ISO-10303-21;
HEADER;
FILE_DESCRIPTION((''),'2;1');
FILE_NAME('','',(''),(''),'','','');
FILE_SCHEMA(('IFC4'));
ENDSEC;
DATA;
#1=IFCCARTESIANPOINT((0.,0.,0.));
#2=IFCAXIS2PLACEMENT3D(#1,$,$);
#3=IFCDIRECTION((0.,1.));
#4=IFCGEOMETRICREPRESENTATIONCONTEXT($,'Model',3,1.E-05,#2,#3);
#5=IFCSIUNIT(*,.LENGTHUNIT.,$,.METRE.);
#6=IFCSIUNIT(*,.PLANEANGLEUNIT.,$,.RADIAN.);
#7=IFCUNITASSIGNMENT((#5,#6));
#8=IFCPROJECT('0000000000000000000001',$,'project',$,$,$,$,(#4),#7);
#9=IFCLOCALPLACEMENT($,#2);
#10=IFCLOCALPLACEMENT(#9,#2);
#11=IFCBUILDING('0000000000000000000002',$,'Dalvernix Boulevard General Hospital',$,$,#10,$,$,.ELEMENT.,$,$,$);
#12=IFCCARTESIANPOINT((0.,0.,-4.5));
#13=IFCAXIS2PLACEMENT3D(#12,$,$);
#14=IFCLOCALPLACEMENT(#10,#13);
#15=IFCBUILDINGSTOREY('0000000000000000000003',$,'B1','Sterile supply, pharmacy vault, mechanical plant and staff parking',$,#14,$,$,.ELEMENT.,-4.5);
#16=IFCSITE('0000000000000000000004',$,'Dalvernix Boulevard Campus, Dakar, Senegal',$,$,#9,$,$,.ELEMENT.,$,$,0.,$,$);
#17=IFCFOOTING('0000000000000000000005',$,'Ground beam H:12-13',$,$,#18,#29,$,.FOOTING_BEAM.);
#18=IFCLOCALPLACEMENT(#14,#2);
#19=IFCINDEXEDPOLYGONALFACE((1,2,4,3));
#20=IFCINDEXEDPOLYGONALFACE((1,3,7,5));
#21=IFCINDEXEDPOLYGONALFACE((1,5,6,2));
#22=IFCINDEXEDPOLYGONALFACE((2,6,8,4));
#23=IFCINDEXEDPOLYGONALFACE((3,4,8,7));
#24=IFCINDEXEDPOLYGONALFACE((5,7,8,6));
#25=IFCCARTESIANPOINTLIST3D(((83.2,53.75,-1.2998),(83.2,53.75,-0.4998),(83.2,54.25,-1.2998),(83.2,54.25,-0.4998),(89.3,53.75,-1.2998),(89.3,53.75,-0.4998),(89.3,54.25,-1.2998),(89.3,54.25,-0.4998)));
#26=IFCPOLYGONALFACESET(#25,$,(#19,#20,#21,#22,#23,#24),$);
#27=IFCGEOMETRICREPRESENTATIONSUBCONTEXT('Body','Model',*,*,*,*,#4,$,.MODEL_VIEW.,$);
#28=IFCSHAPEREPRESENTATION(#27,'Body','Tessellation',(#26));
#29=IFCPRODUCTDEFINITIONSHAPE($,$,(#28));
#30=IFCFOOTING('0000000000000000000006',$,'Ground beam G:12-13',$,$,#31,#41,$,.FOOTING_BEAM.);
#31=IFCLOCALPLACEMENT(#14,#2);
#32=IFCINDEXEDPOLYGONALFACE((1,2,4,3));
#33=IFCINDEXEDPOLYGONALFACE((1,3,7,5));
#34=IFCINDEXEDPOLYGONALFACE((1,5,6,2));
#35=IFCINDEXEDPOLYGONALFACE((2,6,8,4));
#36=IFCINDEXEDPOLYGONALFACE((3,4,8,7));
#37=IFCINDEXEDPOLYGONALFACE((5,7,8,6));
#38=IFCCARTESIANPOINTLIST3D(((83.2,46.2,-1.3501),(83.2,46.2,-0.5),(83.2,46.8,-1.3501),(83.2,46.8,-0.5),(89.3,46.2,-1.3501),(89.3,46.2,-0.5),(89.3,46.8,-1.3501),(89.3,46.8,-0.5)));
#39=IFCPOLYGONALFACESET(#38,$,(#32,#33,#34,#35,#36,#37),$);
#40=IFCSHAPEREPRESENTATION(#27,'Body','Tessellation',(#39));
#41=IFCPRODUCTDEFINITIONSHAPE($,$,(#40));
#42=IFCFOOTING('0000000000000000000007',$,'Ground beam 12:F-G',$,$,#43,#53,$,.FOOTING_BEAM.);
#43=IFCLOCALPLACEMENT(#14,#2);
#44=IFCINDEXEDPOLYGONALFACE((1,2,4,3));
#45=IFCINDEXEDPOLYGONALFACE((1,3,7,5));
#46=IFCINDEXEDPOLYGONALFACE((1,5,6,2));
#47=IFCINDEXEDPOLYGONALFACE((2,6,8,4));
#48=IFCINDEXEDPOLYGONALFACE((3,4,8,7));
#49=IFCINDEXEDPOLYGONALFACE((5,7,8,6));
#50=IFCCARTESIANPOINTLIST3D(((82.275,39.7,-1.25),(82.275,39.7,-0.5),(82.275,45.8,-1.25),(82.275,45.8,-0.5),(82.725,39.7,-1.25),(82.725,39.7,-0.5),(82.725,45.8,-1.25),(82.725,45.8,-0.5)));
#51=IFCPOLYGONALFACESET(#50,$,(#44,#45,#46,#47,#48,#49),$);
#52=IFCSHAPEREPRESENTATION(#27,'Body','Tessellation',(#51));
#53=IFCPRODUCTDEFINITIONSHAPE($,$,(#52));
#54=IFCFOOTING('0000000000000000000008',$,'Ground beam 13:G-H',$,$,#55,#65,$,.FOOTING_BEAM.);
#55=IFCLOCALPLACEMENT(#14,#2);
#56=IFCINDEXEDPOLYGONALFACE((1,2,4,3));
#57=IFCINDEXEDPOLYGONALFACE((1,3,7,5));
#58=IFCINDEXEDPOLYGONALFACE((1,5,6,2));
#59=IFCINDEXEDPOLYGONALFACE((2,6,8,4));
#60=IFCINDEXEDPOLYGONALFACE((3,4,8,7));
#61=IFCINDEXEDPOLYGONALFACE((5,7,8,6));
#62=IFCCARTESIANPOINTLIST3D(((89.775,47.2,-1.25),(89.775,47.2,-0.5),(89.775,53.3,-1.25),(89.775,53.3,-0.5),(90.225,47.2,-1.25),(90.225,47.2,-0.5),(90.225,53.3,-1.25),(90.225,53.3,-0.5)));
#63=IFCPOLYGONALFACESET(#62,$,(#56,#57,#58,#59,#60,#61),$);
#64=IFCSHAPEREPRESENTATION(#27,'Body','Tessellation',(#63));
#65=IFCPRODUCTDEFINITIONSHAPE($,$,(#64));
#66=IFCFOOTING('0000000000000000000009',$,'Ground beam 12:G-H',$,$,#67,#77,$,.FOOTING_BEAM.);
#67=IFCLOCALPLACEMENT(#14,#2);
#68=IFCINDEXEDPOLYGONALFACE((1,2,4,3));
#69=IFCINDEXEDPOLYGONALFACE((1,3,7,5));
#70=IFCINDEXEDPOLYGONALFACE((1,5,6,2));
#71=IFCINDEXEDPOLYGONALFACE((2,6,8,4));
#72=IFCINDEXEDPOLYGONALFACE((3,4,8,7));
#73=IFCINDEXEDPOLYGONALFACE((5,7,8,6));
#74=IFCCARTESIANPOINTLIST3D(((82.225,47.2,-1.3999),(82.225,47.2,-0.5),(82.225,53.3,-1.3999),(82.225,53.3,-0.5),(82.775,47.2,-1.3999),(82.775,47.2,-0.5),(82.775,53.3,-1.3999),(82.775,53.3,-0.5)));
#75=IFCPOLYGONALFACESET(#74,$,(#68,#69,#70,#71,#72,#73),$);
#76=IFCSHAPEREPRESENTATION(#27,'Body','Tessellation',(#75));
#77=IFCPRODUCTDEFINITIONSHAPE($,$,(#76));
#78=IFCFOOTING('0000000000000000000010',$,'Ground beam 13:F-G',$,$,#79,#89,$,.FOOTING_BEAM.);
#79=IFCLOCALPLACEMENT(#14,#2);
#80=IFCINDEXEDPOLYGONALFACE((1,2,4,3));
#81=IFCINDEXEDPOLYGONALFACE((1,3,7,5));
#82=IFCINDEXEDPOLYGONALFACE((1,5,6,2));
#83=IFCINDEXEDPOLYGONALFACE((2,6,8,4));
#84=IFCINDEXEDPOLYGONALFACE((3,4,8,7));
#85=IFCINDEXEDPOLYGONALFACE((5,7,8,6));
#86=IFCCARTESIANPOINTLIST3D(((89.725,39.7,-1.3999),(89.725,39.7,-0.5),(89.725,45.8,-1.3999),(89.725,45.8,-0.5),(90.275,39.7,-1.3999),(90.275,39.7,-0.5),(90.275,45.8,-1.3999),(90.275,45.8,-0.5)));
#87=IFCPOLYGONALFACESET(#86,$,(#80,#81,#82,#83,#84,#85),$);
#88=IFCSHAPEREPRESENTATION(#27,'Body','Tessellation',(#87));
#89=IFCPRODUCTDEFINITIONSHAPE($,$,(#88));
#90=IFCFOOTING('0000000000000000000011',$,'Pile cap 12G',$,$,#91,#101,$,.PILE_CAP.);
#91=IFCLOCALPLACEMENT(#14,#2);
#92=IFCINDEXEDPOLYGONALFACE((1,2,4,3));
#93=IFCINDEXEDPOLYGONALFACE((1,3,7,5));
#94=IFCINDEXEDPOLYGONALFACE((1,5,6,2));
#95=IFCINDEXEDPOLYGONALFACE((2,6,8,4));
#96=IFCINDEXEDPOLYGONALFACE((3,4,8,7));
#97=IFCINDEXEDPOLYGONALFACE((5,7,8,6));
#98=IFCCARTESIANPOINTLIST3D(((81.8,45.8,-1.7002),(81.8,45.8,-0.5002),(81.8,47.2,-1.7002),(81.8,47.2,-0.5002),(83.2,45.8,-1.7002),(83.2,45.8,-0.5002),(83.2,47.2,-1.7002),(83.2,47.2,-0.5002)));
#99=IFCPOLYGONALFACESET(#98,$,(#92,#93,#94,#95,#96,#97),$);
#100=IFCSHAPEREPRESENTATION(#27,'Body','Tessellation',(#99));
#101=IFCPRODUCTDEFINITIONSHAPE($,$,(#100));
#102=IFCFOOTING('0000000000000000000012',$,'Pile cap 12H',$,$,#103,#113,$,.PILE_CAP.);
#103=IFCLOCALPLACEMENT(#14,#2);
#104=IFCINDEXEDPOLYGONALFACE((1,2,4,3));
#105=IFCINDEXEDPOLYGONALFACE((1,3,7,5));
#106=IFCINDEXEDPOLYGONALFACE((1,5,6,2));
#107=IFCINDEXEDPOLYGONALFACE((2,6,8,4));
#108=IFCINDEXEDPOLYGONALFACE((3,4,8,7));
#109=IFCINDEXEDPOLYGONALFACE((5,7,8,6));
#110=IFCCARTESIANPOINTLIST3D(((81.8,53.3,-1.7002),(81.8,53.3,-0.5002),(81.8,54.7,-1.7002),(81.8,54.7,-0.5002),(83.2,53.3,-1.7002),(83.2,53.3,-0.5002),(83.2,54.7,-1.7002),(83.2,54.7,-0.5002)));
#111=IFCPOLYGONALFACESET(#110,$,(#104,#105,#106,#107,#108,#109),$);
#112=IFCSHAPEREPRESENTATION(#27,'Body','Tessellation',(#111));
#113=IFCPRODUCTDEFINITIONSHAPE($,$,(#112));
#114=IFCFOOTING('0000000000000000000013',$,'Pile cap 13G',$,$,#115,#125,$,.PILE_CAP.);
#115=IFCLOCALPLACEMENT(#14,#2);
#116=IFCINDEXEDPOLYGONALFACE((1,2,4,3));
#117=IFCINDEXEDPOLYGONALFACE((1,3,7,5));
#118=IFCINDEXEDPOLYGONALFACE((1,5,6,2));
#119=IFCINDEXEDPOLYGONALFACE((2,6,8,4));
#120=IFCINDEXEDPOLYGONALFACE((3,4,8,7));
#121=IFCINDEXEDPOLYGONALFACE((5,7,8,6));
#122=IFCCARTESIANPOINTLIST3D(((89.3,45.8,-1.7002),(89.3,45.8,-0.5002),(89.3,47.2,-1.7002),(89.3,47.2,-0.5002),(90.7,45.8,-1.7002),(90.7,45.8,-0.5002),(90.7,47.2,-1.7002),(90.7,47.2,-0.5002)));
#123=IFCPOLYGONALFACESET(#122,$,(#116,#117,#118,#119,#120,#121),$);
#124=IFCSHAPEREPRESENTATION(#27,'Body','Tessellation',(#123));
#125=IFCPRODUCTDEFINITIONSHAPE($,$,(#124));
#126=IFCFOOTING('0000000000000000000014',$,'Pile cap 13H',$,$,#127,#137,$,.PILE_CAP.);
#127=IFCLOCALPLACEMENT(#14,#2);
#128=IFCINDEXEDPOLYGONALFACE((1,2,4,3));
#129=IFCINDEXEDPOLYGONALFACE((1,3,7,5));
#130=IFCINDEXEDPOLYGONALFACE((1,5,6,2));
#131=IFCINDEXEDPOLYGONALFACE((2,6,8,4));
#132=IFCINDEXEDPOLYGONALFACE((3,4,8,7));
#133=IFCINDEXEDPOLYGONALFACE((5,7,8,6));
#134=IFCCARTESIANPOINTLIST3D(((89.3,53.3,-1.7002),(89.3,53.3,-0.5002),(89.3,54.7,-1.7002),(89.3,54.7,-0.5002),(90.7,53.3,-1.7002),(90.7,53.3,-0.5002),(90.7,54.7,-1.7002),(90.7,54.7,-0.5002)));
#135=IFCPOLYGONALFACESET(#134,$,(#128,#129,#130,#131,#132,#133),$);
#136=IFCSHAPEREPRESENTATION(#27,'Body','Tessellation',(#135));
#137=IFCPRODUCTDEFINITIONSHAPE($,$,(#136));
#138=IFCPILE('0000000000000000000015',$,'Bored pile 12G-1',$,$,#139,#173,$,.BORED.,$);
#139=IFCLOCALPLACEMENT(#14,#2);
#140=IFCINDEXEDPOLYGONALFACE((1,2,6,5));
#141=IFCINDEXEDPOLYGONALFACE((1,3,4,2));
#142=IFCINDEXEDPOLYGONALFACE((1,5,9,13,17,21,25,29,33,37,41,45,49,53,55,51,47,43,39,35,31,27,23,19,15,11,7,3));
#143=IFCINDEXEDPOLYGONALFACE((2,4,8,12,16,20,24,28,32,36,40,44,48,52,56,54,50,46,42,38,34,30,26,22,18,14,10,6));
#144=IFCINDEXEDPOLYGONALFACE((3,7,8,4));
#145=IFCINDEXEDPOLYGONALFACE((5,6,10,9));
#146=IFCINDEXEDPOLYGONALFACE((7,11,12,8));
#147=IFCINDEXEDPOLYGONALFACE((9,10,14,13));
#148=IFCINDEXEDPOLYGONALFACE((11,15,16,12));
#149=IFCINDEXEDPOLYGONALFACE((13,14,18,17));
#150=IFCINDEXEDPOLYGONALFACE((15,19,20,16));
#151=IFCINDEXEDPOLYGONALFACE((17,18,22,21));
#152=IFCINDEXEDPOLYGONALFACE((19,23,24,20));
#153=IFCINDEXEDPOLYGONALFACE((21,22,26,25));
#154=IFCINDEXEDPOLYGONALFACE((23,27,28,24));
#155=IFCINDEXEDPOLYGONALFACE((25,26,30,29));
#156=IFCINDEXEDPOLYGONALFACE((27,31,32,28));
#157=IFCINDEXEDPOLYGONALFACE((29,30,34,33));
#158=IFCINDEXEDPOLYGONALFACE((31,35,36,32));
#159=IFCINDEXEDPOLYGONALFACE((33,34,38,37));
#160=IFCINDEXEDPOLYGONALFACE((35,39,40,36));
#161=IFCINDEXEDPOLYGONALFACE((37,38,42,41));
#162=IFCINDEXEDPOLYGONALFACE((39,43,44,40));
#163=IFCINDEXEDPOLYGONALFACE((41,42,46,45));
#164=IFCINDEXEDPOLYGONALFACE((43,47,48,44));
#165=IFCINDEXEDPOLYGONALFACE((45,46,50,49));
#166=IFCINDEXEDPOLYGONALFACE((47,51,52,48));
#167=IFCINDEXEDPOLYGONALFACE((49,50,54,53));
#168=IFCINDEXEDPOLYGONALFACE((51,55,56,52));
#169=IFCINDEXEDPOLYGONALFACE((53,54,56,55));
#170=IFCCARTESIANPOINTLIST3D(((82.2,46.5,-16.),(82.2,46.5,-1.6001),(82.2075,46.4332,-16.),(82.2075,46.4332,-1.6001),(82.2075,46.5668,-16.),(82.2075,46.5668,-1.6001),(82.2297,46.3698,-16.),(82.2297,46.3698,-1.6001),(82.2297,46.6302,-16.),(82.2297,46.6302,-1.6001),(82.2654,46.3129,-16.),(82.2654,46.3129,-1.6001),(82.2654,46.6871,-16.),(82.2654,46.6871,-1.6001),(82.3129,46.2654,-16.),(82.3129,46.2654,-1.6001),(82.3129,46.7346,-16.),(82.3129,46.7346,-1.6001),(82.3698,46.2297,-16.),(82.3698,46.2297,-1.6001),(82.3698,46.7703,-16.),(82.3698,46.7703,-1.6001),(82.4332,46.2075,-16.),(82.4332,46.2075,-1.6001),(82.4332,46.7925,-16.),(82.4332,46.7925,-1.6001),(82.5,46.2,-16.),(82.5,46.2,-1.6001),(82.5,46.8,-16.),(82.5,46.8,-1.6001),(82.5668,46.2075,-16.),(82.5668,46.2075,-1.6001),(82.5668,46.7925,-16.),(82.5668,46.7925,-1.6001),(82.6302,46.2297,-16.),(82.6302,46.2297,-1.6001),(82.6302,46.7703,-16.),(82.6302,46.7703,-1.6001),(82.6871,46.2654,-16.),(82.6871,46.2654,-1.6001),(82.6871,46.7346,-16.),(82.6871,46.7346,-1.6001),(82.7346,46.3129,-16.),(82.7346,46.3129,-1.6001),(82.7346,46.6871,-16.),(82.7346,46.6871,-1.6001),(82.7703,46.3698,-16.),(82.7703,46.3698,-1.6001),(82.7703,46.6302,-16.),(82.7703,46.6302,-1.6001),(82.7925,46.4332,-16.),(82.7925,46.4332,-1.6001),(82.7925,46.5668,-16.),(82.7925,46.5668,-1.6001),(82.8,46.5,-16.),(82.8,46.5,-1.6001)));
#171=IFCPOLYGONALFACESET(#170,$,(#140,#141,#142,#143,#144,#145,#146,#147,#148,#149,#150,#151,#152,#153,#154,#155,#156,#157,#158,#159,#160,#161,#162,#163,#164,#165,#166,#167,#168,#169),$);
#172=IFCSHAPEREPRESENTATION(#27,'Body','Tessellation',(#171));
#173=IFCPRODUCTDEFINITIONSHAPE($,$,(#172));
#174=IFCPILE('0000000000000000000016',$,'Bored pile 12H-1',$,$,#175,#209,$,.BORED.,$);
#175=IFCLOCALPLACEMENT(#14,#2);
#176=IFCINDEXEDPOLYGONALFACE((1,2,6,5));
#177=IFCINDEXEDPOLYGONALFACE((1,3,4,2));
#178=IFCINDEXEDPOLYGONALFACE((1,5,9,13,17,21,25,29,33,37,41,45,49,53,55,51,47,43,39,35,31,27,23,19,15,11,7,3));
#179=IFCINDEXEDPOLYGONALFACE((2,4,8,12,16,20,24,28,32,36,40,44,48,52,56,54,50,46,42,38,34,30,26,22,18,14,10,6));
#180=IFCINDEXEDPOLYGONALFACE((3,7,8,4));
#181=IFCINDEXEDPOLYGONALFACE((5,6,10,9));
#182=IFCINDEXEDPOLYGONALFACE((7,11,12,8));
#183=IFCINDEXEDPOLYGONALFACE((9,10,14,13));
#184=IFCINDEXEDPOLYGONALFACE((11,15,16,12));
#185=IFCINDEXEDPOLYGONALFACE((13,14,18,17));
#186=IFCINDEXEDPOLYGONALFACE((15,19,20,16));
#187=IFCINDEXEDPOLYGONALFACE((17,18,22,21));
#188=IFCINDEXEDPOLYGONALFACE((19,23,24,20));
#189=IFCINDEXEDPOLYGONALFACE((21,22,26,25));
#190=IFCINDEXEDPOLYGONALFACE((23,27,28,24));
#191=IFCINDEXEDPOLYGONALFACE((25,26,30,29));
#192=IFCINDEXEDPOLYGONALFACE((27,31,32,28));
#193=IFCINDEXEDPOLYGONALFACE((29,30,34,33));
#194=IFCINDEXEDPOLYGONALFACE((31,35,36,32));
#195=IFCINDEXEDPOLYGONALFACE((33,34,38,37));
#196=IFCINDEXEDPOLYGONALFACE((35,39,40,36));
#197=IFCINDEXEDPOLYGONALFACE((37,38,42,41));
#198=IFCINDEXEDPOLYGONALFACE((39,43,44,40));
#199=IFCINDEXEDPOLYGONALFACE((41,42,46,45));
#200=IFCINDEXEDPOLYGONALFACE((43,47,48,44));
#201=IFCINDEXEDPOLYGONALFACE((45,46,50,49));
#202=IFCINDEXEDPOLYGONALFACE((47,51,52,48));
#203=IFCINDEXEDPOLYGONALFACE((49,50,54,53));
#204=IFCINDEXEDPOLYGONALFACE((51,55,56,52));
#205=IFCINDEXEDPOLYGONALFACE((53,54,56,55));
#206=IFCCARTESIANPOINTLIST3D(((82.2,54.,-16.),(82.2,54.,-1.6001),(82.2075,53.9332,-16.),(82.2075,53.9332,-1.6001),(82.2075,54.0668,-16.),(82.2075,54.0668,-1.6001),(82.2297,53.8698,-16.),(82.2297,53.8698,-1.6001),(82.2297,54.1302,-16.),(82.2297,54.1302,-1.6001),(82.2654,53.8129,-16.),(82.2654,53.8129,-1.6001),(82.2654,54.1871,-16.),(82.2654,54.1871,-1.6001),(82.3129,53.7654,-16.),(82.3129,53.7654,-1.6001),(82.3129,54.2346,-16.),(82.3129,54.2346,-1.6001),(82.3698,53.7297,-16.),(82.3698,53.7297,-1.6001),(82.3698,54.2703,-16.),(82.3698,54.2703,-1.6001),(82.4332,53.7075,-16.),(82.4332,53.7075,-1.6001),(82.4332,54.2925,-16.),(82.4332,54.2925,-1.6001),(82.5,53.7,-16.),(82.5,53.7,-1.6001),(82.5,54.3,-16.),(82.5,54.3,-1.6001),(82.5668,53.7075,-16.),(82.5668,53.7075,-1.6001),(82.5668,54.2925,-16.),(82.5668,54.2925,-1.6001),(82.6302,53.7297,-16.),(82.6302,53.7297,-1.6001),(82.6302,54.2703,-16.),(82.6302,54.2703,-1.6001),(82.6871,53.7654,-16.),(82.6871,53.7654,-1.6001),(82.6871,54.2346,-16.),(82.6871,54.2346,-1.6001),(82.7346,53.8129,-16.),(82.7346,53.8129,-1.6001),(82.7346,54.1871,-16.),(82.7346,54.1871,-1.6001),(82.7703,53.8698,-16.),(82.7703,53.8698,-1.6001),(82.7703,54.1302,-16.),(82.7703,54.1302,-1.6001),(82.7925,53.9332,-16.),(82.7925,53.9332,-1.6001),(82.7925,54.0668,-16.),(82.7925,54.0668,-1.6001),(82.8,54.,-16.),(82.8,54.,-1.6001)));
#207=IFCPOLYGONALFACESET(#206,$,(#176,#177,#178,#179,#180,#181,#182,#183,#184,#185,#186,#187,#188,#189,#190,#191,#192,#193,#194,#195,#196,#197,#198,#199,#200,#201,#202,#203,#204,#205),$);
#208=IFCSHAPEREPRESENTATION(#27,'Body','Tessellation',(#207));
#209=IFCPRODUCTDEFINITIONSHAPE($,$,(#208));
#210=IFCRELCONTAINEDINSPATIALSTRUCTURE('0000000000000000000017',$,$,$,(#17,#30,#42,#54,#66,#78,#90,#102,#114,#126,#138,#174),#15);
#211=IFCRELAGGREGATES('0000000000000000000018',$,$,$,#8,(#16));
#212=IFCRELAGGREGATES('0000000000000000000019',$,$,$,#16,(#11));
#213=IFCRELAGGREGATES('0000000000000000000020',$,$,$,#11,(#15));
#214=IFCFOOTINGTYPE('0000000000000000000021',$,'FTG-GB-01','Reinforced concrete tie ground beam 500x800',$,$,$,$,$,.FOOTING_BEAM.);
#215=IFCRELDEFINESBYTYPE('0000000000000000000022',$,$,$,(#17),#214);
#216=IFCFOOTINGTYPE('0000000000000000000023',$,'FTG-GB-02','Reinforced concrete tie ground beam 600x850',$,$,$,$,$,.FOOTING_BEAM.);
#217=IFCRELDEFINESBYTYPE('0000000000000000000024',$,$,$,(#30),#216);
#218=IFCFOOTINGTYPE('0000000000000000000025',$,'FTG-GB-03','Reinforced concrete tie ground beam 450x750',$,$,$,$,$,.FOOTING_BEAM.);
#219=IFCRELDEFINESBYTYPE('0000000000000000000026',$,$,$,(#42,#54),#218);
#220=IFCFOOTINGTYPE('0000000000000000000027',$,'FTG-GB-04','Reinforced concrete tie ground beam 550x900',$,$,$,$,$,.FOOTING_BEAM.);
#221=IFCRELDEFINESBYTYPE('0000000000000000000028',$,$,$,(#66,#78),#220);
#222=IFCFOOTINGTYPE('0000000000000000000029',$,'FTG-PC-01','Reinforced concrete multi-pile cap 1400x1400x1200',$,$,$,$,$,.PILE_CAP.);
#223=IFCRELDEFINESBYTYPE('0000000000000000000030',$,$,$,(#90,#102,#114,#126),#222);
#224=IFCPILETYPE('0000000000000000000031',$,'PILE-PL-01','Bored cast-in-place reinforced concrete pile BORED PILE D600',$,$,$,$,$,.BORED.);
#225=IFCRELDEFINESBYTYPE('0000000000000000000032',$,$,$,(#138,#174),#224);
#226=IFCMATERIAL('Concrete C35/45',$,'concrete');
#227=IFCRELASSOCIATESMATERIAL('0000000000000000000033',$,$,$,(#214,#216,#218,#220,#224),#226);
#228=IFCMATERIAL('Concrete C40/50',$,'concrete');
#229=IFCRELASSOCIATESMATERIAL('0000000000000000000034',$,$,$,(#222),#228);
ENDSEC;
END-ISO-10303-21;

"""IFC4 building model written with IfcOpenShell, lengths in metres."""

from ifc_helpers import new_model, si_unit, direction, frame, origin, origin_2d, place, context, subcontext, project, spatial, rectangle, circle, extrude, material, material_profile, profile_set, type_object, element, save


model = new_model("IFC4")

# Units and contexts
model_context = context("Model", 3, precision=1e-05, world=origin(), true_north=direction((0.0, 1.0)))
body_context = subcontext(model_context, "Body", "Model", "MODEL_VIEW")
ifc_project = project(units=[si_unit("LENGTHUNIT", "METRE"), si_unit("PLANEANGLEUNIT", "RADIAN")], contexts=[model_context])

# Site, building, storey
site_placement = place(None, origin())
site = spatial("IfcSite", under=ifc_project, at=site_placement, Name="Dalvernix Boulevard Campus, Dakar, Senegal", CompositionType="ELEMENT", RefElevation=0.0)
building_placement = place(site_placement, origin())
building = spatial("IfcBuilding", under=site, at=building_placement, Name="Dalvernix Boulevard General Hospital", CompositionType="ELEMENT")
storey_placement = place(building_placement, frame((0.0, 0.0, -4.5)))
storey = spatial("IfcBuildingStorey", under=building, at=storey_placement, Name="B1", Description="Sterile supply, pharmacy vault, mechanical plant and staff parking", CompositionType="ELEMENT", Elevation=-4.5)

# Footings
ifc_material_1 = material(Name="Concrete C35/45", Category="concrete")
footing_type_1 = type_object("IfcFootingType", Name="FTG-GB-01", Description="Reinforced concrete tie ground beam 500x800", PredefinedType="FOOTING_BEAM", material=ifc_material_1)
footing_1_placement = place(storey_placement, frame((86.25, 54.0, -1.2998), z_axis=(0.0, 0.0, 1.0), x_axis=(1.0, 0.0, 0.0)))
element("IfcFooting", 1, at=footing_1_placement, inside=storey, type_object=footing_type_1, Name="Ground beam H:12-13", PredefinedType="FOOTING_BEAM", context=body_context, shape_type="SweptSolid", body=[
    extrude(rectangle(XDim=6.1001, YDim=0.5, at=origin_2d()), origin(), (0.0, 0.0, 1.0), 0.8),
])
footing_type_2 = type_object("IfcFootingType", Name="FTG-GB-02", Description="Reinforced concrete tie ground beam 600x850", PredefinedType="FOOTING_BEAM", material=ifc_material_1)
footing_2_placement = place(storey_placement, frame((86.25, 46.5, -1.3501), z_axis=(0.0, 0.0, 1.0), x_axis=(1.0, 0.0, 0.0)))
element("IfcFooting", 2, at=footing_2_placement, inside=storey, type_object=footing_type_2, Name="Ground beam G:12-13", PredefinedType="FOOTING_BEAM", context=body_context, shape_type="SweptSolid", body=[
    extrude(rectangle(XDim=6.1001, YDim=0.6001, at=origin_2d()), origin(), (0.0, 0.0, 1.0), 0.8501),
])
footing_type_3 = type_object("IfcFootingType", Name="FTG-GB-03", Description="Reinforced concrete tie ground beam 450x750", PredefinedType="FOOTING_BEAM", material=ifc_material_1)
for number, where, z_axis, x_axis, name in (
    (3, (82.5, 42.75, -1.25), (0.0, 0.0, 1.0), (0.0, 1.0, 0.0), "Ground beam 12:F-G"),
    (4, (90.0, 50.25, -1.25), (0.0, 0.0, 1.0), (0.0, 1.0, 0.0), "Ground beam 13:G-H"),
):
    element("IfcFooting", number, at=place(storey_placement, frame(where, z_axis=z_axis, x_axis=x_axis)), inside=storey, type_object=footing_type_3, Name=name, PredefinedType="FOOTING_BEAM", context=body_context, shape_type="SweptSolid", body=[
        extrude(rectangle(XDim=6.1001, YDim=0.45, at=origin_2d()), origin(), (0.0, 0.0, 1.0), 0.75),
    ])
footing_type_4 = type_object("IfcFootingType", Name="FTG-GB-04", Description="Reinforced concrete tie ground beam 550x900", PredefinedType="FOOTING_BEAM", material=ifc_material_1)
for number, where, z_axis, x_axis, name in (
    (5, (82.5, 50.25, -1.3999), (0.0, 0.0, 1.0), (0.0, 1.0, 0.0), "Ground beam 12:G-H"),
    (6, (90.0, 42.75, -1.3999), (0.0, 0.0, 1.0), (0.0, 1.0, 0.0), "Ground beam 13:F-G"),
):
    element("IfcFooting", number, at=place(storey_placement, frame(where, z_axis=z_axis, x_axis=x_axis)), inside=storey, type_object=footing_type_4, Name=name, PredefinedType="FOOTING_BEAM", context=body_context, shape_type="SweptSolid", body=[
        extrude(rectangle(XDim=6.1001, YDim=0.55, at=origin_2d()), origin(), (0.0, 0.0, 1.0), 0.8999),
    ])
ifc_material_2 = material(Name="Concrete C40/50", Category="concrete")
footing_type_5 = type_object("IfcFootingType", Name="FTG-PC-01", Description="Reinforced concrete multi-pile cap 1400x1400x1200", PredefinedType="PILE_CAP", material=ifc_material_2)
for number, where, z_axis, x_axis, name in (
    (7, (82.5, 46.5, -1.7002), (0.0, 0.0, 1.0), (1.0, 0.0, 0.0), "Pile cap 12G"),
    (8, (82.5, 54.0, -1.7002), (0.0, 0.0, 1.0), (1.0, 0.0, 0.0), "Pile cap 12H"),
    (9, (90.0, 46.5, -1.7002), (0.0, 0.0, 1.0), (1.0, 0.0, 0.0), "Pile cap 13G"),
    (10, (90.0, 54.0, -1.7002), (0.0, 0.0, 1.0), (1.0, 0.0, 0.0), "Pile cap 13H"),
):
    element("IfcFooting", number, at=place(storey_placement, frame(where, z_axis=z_axis, x_axis=x_axis)), inside=storey, type_object=footing_type_5, Name=name, PredefinedType="PILE_CAP", context=body_context, shape_type="SweptSolid", body=[
        extrude(rectangle(XDim=1.3999, YDim=1.3999, at=origin_2d()), origin(), (0.0, 0.0, 1.0), 1.2),
    ])

# Piles
ifc_material_profile_1 = material_profile(ifc_material_1, circle(Radius=0.3, at=origin_2d()), Name="BORED PILE D600")
ifc_profile_set_1 = profile_set([ifc_material_profile_1], Name="Concrete C35/45")
pile_type = type_object("IfcPileType", Name="PILE-PL-01", Description="Bored cast-in-place reinforced concrete pile BORED PILE D600", PredefinedType="BORED", material=ifc_profile_set_1)
for number, where, z_axis, x_axis, name in (
    (11, (82.5, 46.5, -1.6001), (0.0, 0.0, -1.0), (1.0, 0.0, 0.0), "Bored pile 12G-1"),
    (12, (82.5, 54.0, -1.6001), (0.0, 0.0, -1.0), (1.0, 0.0, 0.0), "Bored pile 12H-1"),
):
    element("IfcPile", number, at=place(storey_placement, frame(where, z_axis=z_axis, x_axis=x_axis)), inside=storey, type_object=pile_type, Name=name, PredefinedType="BORED", context=body_context, shape_type="SweptSolid", body=[
        extrude(circle(Radius=0.3, at=origin_2d()), origin(), (0.0, 0.0, 1.0), 14.3999),
    ])

save(model, "model.ifc")
